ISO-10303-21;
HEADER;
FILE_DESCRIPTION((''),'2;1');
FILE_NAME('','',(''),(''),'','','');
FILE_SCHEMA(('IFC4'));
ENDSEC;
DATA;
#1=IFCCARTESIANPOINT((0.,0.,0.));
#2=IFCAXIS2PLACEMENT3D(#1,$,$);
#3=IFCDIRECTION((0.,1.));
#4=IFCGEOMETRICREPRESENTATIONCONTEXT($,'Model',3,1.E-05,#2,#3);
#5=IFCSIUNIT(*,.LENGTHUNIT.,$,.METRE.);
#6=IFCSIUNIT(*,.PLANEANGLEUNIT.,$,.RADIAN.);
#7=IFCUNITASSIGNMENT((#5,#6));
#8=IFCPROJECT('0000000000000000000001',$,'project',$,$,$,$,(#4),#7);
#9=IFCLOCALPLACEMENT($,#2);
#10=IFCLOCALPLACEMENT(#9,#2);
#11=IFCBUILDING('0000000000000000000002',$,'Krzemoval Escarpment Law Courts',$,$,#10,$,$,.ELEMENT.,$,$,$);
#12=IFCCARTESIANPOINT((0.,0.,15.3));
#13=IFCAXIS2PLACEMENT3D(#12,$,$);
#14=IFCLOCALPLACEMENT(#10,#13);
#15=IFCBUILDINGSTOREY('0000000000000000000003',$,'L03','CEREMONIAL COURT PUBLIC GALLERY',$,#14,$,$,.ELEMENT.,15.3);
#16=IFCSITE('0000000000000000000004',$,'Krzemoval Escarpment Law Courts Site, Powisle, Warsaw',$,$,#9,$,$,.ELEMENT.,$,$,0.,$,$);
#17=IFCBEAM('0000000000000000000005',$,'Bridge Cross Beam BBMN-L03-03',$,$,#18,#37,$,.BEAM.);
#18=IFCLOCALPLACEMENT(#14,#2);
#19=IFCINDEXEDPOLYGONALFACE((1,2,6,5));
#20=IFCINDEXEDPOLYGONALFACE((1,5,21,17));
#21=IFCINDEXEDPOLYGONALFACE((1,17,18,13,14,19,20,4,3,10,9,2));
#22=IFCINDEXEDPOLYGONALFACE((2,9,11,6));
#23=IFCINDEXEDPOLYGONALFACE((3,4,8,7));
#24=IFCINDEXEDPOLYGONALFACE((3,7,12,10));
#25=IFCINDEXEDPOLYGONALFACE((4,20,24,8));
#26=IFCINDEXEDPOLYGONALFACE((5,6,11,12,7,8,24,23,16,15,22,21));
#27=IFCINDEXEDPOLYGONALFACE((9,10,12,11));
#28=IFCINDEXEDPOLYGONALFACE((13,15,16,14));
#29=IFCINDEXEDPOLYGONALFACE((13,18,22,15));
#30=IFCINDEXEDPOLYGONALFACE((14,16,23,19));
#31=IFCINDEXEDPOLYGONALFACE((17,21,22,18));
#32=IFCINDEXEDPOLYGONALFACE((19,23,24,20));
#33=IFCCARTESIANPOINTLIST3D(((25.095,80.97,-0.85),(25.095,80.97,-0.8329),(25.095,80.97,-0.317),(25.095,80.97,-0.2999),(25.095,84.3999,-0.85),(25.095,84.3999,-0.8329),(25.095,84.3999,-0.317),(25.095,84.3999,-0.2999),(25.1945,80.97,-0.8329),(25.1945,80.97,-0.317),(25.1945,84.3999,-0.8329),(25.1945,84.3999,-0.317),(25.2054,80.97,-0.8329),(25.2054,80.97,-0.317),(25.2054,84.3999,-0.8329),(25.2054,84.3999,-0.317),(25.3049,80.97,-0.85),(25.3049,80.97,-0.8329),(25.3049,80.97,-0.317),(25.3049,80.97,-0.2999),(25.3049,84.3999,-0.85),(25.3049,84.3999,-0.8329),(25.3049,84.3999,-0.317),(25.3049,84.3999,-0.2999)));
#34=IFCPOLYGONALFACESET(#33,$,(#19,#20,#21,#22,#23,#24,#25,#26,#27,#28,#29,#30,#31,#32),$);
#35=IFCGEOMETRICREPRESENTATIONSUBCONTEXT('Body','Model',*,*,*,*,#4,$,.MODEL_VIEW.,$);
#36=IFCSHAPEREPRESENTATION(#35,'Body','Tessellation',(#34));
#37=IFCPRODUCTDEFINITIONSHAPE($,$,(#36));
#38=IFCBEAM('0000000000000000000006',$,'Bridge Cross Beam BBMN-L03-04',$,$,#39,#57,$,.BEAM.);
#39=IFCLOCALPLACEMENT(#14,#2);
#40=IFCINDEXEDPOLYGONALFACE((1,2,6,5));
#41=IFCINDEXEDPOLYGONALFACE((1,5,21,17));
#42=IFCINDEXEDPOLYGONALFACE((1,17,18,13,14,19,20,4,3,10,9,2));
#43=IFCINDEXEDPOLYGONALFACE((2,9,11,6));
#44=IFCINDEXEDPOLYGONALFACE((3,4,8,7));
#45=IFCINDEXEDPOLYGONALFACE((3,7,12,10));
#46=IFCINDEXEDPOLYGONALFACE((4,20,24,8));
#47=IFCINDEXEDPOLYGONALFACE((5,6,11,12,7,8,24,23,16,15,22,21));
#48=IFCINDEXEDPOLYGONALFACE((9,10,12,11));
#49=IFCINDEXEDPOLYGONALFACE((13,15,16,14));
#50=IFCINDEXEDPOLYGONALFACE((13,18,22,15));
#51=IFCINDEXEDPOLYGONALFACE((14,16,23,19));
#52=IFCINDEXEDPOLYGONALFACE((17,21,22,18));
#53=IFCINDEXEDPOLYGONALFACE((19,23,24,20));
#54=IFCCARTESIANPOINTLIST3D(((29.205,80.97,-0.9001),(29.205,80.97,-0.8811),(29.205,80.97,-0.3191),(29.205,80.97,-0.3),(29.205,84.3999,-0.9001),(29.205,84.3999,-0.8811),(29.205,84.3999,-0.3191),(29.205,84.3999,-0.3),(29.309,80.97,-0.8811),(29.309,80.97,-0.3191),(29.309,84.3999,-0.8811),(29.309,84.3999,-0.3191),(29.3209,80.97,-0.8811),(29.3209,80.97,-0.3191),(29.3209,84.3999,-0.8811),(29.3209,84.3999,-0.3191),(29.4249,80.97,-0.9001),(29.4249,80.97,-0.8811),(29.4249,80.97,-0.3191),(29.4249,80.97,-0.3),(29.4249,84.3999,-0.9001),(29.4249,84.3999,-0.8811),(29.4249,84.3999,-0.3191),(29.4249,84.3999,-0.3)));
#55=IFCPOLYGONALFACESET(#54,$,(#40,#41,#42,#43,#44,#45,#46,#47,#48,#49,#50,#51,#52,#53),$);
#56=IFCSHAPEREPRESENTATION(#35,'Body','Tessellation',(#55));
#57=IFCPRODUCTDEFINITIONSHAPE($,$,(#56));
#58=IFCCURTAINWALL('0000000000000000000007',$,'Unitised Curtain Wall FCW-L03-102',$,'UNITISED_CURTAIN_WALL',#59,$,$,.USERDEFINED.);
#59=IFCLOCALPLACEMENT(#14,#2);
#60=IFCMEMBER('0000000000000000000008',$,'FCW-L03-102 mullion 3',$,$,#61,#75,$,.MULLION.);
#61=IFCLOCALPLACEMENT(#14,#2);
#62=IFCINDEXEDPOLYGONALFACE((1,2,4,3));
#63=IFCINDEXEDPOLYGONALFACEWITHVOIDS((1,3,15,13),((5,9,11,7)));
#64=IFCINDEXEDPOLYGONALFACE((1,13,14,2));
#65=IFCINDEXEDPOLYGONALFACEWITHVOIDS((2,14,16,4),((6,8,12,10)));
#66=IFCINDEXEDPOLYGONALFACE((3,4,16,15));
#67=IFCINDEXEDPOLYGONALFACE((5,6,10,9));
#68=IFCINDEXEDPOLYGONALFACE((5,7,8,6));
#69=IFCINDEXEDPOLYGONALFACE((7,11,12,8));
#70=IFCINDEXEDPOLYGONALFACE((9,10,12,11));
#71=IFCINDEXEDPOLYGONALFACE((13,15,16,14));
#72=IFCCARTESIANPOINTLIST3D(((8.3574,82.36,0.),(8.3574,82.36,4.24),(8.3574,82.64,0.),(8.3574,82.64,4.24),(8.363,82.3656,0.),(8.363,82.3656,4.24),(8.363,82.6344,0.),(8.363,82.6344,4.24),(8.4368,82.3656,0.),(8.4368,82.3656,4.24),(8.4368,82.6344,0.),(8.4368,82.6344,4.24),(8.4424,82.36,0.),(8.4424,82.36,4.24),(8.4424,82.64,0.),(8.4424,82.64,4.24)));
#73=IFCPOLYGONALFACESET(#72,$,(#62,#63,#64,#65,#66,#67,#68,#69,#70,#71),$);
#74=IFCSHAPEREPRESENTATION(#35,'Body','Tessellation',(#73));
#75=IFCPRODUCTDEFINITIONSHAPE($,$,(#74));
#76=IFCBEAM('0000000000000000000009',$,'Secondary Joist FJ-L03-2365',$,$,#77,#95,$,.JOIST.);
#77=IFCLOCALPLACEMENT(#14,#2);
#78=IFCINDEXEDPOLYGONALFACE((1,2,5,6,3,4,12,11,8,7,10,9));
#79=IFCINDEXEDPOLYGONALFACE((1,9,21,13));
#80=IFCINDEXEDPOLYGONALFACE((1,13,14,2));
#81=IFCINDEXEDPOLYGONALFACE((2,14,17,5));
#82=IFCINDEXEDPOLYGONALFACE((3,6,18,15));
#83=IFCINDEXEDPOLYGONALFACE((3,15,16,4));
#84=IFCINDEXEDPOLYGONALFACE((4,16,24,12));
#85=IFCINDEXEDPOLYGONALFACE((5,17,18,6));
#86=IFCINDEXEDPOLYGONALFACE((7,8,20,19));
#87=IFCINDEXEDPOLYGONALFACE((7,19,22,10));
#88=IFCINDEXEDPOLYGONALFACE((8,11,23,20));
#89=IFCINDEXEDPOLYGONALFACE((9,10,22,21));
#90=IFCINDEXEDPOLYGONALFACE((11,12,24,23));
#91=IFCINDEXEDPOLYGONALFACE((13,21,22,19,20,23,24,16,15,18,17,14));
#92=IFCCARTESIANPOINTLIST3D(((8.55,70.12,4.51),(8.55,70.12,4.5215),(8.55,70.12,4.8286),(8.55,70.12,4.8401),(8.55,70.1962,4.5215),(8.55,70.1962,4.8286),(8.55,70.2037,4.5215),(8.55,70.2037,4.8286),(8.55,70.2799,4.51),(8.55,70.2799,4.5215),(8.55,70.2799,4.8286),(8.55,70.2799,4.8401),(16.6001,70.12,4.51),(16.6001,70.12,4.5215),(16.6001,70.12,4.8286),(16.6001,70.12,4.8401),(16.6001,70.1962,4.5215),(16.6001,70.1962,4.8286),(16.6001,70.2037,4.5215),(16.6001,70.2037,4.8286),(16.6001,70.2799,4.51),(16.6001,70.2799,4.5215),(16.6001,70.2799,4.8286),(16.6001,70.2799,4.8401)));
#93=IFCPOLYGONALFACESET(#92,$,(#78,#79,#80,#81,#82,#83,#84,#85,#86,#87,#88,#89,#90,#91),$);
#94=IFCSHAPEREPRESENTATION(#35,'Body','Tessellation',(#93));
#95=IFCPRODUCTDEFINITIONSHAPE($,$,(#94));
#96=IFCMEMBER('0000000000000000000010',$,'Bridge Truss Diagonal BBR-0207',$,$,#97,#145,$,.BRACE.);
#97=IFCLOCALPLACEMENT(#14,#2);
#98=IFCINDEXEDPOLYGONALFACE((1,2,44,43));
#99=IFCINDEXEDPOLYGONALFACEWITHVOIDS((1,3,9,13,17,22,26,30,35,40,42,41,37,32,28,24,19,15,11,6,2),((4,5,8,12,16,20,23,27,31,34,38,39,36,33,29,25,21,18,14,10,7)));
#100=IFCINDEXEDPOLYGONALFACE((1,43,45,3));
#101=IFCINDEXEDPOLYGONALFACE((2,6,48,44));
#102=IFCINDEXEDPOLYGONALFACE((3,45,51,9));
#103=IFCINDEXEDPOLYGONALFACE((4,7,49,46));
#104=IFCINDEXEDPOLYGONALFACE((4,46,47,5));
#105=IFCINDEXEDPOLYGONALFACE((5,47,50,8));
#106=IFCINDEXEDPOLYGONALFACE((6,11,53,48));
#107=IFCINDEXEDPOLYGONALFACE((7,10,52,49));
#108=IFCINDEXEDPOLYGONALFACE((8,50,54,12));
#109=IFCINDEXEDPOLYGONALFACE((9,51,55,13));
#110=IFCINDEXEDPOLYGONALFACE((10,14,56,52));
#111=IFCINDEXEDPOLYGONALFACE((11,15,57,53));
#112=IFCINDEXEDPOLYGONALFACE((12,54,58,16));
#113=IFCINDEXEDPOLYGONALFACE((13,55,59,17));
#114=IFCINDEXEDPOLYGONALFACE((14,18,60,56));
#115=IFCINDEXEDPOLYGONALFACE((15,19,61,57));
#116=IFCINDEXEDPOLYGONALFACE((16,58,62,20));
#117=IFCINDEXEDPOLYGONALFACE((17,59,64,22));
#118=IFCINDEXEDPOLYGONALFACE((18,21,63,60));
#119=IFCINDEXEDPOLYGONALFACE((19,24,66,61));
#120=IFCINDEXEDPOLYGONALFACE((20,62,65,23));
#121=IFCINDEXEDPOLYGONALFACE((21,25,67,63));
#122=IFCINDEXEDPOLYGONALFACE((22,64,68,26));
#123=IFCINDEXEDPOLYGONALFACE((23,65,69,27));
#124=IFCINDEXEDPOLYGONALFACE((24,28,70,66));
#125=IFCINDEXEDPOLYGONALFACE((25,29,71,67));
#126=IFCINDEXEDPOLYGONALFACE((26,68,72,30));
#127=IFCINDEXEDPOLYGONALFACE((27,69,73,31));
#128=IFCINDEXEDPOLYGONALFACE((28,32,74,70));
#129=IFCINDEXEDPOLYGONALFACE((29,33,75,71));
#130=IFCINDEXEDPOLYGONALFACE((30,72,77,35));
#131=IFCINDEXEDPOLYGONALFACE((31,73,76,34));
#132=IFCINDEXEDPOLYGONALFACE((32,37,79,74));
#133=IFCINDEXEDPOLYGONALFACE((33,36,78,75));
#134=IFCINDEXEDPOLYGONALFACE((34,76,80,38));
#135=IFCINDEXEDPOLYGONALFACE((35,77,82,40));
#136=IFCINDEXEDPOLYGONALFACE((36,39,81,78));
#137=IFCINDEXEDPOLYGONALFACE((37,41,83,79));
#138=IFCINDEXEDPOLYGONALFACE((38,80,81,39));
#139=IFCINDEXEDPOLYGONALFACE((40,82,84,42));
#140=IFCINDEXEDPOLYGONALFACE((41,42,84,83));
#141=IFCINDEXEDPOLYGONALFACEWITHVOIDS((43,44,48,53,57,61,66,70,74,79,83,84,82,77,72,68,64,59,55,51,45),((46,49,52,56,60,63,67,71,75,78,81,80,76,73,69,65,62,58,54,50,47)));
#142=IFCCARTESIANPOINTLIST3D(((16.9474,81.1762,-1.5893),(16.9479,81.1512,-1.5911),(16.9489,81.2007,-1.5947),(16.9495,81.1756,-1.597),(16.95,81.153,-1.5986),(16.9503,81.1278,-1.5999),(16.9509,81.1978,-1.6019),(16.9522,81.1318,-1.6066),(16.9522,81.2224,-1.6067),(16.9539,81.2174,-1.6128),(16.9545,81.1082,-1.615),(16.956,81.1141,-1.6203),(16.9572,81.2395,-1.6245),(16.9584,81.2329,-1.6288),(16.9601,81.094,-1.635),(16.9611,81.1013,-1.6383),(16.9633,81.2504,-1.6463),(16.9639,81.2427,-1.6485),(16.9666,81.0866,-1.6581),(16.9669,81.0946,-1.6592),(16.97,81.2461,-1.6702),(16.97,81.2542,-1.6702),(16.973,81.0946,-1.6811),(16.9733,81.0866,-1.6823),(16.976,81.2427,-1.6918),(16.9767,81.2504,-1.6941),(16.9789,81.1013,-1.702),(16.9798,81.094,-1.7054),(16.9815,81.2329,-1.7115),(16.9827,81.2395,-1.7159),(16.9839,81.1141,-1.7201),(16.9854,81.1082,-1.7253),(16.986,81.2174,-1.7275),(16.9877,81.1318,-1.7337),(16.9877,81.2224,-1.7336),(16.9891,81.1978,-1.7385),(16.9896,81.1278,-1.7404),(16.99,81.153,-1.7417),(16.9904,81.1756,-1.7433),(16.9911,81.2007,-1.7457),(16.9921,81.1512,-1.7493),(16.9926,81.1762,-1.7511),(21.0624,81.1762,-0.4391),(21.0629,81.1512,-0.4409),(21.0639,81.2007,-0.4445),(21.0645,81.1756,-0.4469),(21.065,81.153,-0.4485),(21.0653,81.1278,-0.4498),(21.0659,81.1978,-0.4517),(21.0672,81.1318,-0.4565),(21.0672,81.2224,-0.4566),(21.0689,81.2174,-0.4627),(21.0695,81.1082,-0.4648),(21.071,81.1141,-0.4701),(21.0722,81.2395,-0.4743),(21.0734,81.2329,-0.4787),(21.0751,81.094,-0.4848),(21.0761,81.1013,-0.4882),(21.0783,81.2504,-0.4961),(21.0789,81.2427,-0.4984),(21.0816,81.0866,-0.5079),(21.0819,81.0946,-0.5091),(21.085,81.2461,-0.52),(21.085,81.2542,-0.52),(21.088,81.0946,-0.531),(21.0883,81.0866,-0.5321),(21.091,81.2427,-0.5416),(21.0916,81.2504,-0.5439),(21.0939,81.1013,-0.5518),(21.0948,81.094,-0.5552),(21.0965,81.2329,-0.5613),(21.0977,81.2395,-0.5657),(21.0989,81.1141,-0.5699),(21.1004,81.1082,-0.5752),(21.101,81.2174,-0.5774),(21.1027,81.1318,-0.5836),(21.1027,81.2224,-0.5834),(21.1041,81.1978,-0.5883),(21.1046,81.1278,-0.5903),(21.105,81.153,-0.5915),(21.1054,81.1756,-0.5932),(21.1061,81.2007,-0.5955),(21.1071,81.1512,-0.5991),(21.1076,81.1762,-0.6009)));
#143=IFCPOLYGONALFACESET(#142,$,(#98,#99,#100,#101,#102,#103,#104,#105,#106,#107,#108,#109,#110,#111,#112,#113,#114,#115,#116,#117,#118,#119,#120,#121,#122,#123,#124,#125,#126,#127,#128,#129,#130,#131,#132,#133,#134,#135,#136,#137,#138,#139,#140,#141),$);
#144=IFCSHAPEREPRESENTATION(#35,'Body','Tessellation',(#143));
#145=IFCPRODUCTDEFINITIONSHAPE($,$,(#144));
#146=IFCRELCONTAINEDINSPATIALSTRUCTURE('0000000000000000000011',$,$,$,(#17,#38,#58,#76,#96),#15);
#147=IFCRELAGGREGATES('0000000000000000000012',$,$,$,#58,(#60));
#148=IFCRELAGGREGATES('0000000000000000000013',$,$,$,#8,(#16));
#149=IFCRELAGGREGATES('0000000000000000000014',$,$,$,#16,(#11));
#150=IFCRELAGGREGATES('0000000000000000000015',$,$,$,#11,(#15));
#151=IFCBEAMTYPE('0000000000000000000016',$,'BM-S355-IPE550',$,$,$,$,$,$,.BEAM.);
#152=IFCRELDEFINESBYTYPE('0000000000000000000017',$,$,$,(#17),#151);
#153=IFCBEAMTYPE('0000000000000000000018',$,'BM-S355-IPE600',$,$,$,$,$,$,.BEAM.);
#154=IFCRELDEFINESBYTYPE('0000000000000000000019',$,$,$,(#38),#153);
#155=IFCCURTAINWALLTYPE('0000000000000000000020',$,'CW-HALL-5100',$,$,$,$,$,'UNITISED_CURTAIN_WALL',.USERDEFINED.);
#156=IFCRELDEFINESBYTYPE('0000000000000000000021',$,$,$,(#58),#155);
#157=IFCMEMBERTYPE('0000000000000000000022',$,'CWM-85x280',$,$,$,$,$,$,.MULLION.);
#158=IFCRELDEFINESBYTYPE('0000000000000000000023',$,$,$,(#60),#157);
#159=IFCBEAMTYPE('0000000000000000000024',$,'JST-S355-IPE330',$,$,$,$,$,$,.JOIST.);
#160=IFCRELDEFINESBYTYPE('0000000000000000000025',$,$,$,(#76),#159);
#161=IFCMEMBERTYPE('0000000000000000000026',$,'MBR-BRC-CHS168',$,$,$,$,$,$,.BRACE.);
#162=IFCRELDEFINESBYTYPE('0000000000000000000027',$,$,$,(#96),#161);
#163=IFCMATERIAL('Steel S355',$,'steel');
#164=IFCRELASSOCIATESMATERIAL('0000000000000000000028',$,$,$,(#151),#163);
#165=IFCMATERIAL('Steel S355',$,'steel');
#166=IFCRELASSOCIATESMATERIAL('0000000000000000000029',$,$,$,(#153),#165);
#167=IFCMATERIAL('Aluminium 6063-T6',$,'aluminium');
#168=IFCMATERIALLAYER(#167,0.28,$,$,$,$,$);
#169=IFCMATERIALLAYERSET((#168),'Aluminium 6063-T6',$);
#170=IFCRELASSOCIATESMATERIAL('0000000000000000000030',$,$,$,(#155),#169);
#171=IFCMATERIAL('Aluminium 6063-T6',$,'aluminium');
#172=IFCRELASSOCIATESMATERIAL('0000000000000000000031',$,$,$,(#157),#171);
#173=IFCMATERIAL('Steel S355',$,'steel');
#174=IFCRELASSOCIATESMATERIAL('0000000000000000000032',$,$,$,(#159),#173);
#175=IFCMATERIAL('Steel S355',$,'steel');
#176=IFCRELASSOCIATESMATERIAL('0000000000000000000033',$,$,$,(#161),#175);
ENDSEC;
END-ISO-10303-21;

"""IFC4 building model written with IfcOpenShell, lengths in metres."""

from ifc_helpers import new_model, si_unit, direction, frame, origin, origin_2d, place, context, subcontext, project, spatial, hollow_rectangle, hollow_circle, i_section, extrude, material, layer, layer_set, material_profile, profile_set, type_object, element, aggregate, save


model = new_model("IFC4")

# Units and contexts
model_context = context("Model", 3, precision=1e-05, world=origin(), true_north=direction((0.0, 1.0)))
body_context = subcontext(model_context, "Body", "Model", "MODEL_VIEW")
ifc_project = project(units=[si_unit("LENGTHUNIT", "METRE"), si_unit("PLANEANGLEUNIT", "RADIAN")], contexts=[model_context])

# Site, building, storey
site_placement = place(None, origin())
site = spatial("IfcSite", under=ifc_project, at=site_placement, Name="Krzemoval Escarpment Law Courts Site, Powisle, Warsaw", CompositionType="ELEMENT", RefElevation=0.0)
building_placement = place(site_placement, origin())
building = spatial("IfcBuilding", under=site, at=building_placement, Name="Krzemoval Escarpment Law Courts", CompositionType="ELEMENT")
storey_placement = place(building_placement, frame((0.0, 0.0, 15.3)))
storey = spatial("IfcBuildingStorey", under=building, at=storey_placement, Name="L03", Description="CEREMONIAL COURT PUBLIC GALLERY", CompositionType="ELEMENT", Elevation=15.3)

# Beams
ifc_material_1 = material(Name="Steel S355", Category="steel")
ifc_material_profile_1 = material_profile(ifc_material_1, i_section(OverallWidth=0.21, OverallDepth=0.55, WebThickness=0.011, FlangeThickness=0.0171, at=origin_2d()), Name="IPE 550")
ifc_profile_set_1 = profile_set([ifc_material_profile_1], Name="Steel S355")
beam_type_1 = type_object("IfcBeamType", Name="BM-S355-IPE550", PredefinedType="BEAM", material=ifc_profile_set_1)
beam_1_placement = place(storey_placement, frame((25.2, 80.97, -0.575), z_axis=(0.0, 1.0, 0.0), x_axis=(-1.0, 0.0, 0.0)))
element("IfcBeam", 1, at=beam_1_placement, inside=storey, type_object=beam_type_1, Name="Bridge Cross Beam BBMN-L03-03", PredefinedType="BEAM", context=body_context, shape_type="SweptSolid", body=[
    extrude(i_section(OverallWidth=0.21, OverallDepth=0.55, WebThickness=0.011, FlangeThickness=0.0171, at=origin_2d()), origin(), (0.0, 0.0, 1.0), 3.4299),
])
ifc_material_2 = material(Name="Steel S355", Category="steel")
ifc_material_profile_2 = material_profile(ifc_material_2, i_section(OverallWidth=0.22, OverallDepth=0.6001, WebThickness=0.012, FlangeThickness=0.019, at=origin_2d()), Name="IPE 600")
ifc_profile_set_2 = profile_set([ifc_material_profile_2], Name="Steel S355")
beam_type_2 = type_object("IfcBeamType", Name="BM-S355-IPE600", PredefinedType="BEAM", material=ifc_profile_set_2)
beam_2_placement = place(storey_placement, frame((29.3149, 80.97, -0.6001), z_axis=(0.0, 1.0, 0.0), x_axis=(-1.0, 0.0, 0.0)))
element("IfcBeam", 2, at=beam_2_placement, inside=storey, type_object=beam_type_2, Name="Bridge Cross Beam BBMN-L03-04", PredefinedType="BEAM", context=body_context, shape_type="SweptSolid", body=[
    extrude(i_section(OverallWidth=0.22, OverallDepth=0.6001, WebThickness=0.012, FlangeThickness=0.019, at=origin_2d()), origin(), (0.0, 0.0, 1.0), 3.4299),
])

# Curtain wall, member
ifc_material_3 = material(Name="Aluminium 6063-T6", Category="aluminium")
ifc_layer_1 = layer(ifc_material_3, 0.28)
ifc_layer_set_1 = layer_set([ifc_layer_1], Name="Aluminium 6063-T6")
curtain_wall_type = type_object("IfcCurtainWallType", Name="CW-HALL-5100", ElementType="UNITISED_CURTAIN_WALL", PredefinedType="USERDEFINED", material=ifc_layer_set_1)
curtain_wall_placement = place(storey_placement, origin())
curtain_wall = element("IfcCurtainWall", 3, at=curtain_wall_placement, inside=storey, type_object=curtain_wall_type, Name="Unitised Curtain Wall FCW-L03-102", ObjectType="UNITISED_CURTAIN_WALL", PredefinedType="USERDEFINED")
ifc_material_4 = material(Name="Aluminium 6063-T6", Category="aluminium")
ifc_material_profile_3 = material_profile(ifc_material_4, hollow_rectangle(XDim=0.085, YDim=0.28, WallThickness=0.0056, at=origin_2d()), Name="ALU M85x280")
ifc_profile_set_3 = profile_set([ifc_material_profile_3], Name="Aluminium 6063-T6")
member_type_1 = type_object("IfcMemberType", Name="CWM-85x280", PredefinedType="MULLION", material=ifc_profile_set_3)
member_1_placement = place(storey_placement, frame((8.3999, 82.5, 0.0), z_axis=(0.0, 0.0, 1.0), x_axis=(-1.0, 0.0, 0.0)))
member_1 = element("IfcMember", 4, at=member_1_placement, type_object=member_type_1, Name="FCW-L03-102 mullion 3", PredefinedType="MULLION", context=body_context, shape_type="SweptSolid", body=[
    extrude(hollow_rectangle(XDim=0.085, YDim=0.28, WallThickness=0.0056, at=origin_2d()), origin(), (0.0, 0.0, 1.0), 4.24),
])
aggregate(curtain_wall, [member_1])

# Beam
ifc_material_5 = material(Name="Steel S355", Category="steel")
ifc_material_profile_4 = material_profile(ifc_material_5, i_section(OverallWidth=0.1599, OverallDepth=0.3301, WebThickness=0.0076, FlangeThickness=0.0115, at=origin_2d()), Name="IPE 330")
ifc_profile_set_4 = profile_set([ifc_material_profile_4], Name="Steel S355")
beam_type_3 = type_object("IfcBeamType", Name="JST-S355-IPE330", PredefinedType="JOIST", material=ifc_profile_set_4)
beam_3_placement = place(storey_placement, frame((8.55, 70.2, 4.675), z_axis=(1.0, 0.0, 0.0), x_axis=(0.0, 1.0, 0.0)))
element("IfcBeam", 5, at=beam_3_placement, inside=storey, type_object=beam_type_3, Name="Secondary Joist FJ-L03-2365", PredefinedType="JOIST", context=body_context, shape_type="SweptSolid", body=[
    extrude(i_section(OverallWidth=0.1599, OverallDepth=0.3301, WebThickness=0.0076, FlangeThickness=0.0115, at=origin_2d()), origin(), (0.0, 0.0, 1.0), 8.05),
])

# Member
ifc_material_6 = material(Name="Steel S355", Category="steel")
ifc_material_profile_5 = material_profile(ifc_material_6, hollow_circle(Radius=0.0842, WallThickness=0.0081, at=origin_2d()), Name="CHS 168.3x8")
ifc_profile_set_5 = profile_set([ifc_material_profile_5], Name="Steel S355")
member_type_2 = type_object("IfcMemberType", Name="MBR-BRC-CHS168", PredefinedType="BRACE", material=ifc_profile_set_5)
for number, where, z_axis, x_axis, name in (
    (6, (16.97, 81.1699, -1.6702), (0.963089, 0.0, 0.269185), (0.0, 1.0, 0.0), "Bridge Truss Diagonal BBR-0207"),
):
    element("IfcMember", number, at=place(storey_placement, frame(where, z_axis=z_axis, x_axis=x_axis)), inside=storey, type_object=member_type_2, Name=name, PredefinedType="BRACE", context=body_context, shape_type="SweptSolid", body=[
        extrude(hollow_circle(Radius=0.0842, WallThickness=0.0081, at=origin_2d()), origin(), (0.0, 0.0, 1.0), 4.2727),
    ])

save(model, "model.ifc")
